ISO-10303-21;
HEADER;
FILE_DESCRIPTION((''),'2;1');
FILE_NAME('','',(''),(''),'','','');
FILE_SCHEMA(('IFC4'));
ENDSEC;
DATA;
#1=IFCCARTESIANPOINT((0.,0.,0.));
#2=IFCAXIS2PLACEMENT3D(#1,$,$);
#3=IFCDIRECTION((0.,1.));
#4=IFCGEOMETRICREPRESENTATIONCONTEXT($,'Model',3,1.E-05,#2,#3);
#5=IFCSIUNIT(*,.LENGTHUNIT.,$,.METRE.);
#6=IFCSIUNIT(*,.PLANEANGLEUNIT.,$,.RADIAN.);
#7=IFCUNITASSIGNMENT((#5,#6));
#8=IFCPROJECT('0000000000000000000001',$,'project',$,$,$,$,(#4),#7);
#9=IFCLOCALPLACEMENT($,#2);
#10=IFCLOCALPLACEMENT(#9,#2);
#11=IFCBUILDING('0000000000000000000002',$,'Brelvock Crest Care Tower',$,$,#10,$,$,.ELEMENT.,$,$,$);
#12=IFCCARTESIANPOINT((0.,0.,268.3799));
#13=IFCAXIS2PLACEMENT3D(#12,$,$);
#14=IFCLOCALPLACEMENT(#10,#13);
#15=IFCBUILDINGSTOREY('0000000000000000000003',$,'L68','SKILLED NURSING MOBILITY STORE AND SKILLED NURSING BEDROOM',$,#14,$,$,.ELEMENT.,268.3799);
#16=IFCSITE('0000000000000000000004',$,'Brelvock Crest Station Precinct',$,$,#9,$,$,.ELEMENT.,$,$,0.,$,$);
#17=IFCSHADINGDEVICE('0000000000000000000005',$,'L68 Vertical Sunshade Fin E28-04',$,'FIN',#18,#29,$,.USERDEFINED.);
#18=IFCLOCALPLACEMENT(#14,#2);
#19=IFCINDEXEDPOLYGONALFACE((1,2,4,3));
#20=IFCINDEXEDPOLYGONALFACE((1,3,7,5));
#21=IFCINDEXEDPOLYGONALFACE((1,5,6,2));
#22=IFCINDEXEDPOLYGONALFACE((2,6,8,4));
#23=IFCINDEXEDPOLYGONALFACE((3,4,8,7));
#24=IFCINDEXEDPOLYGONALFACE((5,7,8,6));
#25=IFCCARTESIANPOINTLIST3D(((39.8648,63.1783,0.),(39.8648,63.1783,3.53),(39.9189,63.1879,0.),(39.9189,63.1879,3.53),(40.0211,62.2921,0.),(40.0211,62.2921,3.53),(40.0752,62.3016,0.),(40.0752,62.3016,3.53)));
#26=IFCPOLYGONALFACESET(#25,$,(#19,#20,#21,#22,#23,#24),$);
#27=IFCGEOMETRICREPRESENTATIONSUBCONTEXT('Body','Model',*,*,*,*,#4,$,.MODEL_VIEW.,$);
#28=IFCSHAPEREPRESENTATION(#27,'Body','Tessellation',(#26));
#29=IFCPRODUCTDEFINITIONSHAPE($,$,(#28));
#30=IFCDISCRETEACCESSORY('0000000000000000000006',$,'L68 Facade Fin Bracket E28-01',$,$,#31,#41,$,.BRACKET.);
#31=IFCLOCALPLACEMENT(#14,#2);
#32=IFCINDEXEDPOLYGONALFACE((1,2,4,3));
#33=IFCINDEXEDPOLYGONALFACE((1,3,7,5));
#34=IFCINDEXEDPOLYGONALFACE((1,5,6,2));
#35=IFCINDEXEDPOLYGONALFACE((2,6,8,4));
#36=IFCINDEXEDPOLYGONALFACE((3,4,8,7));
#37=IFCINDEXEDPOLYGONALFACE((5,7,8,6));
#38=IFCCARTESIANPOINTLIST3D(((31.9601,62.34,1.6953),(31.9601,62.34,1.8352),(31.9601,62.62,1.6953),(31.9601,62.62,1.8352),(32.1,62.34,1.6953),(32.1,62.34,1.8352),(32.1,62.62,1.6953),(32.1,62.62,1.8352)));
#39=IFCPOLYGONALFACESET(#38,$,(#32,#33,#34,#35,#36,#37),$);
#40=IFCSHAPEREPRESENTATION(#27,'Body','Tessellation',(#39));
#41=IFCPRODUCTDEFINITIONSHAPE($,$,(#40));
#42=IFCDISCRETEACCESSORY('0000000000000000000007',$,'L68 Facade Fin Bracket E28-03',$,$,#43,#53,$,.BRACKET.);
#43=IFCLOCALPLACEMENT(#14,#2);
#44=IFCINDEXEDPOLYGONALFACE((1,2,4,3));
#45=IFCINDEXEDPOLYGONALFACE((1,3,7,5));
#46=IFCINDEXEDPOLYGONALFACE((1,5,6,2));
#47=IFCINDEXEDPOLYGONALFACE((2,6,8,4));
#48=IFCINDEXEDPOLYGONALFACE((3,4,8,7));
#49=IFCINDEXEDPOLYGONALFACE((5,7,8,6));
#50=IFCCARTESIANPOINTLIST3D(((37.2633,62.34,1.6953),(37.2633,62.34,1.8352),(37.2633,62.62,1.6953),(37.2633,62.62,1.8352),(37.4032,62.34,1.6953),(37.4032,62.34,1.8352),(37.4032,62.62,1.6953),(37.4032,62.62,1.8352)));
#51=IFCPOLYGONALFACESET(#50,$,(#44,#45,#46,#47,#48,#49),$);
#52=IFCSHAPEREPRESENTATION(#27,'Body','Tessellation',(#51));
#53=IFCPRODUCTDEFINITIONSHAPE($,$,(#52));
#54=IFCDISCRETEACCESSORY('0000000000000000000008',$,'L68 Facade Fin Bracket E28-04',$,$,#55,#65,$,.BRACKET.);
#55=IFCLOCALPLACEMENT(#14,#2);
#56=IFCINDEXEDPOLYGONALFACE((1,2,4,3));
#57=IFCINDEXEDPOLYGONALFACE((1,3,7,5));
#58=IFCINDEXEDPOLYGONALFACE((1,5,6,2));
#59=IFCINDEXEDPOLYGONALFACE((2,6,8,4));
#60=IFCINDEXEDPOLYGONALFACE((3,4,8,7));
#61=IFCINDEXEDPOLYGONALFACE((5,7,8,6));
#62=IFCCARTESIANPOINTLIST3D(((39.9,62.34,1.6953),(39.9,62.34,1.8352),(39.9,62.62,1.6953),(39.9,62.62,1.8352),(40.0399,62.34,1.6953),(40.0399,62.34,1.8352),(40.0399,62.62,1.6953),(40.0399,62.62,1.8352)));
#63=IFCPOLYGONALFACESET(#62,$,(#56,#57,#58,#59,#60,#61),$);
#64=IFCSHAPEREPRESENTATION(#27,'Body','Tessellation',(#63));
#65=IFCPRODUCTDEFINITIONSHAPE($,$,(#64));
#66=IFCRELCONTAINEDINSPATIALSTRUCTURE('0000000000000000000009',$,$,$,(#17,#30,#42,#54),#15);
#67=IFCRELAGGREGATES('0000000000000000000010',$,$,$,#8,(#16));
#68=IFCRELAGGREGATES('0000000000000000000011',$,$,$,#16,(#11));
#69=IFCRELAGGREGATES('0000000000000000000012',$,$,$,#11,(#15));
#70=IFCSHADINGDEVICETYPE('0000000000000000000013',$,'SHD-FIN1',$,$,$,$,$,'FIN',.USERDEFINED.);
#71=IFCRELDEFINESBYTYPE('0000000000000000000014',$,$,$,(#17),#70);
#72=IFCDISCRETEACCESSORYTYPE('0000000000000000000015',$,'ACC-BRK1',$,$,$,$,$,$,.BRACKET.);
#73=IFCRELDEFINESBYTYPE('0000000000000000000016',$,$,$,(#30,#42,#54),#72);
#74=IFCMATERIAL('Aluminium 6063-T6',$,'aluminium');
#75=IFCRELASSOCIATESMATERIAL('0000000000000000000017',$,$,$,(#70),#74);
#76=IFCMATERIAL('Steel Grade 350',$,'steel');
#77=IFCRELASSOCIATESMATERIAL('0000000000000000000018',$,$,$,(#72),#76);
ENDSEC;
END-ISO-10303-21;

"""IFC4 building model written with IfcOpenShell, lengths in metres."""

from ifc_helpers import new_model, si_unit, direction, frame, origin, origin_2d, place, context, subcontext, project, spatial, rectangle, extrude, source, transform, mapped, material, material_profile, profile_set, type_object, element, save


model = new_model("IFC4")

# Units and contexts
model_context = context("Model", 3, precision=1e-05, world=origin(), true_north=direction((0.0, 1.0)))
body_context = subcontext(model_context, "Body", "Model", "MODEL_VIEW")
ifc_project = project(units=[si_unit("LENGTHUNIT", "METRE"), si_unit("PLANEANGLEUNIT", "RADIAN")], contexts=[model_context])

# Site, building, storey
site_placement = place(None, origin())
site = spatial("IfcSite", under=ifc_project, at=site_placement, Name="Brelvock Crest Station Precinct", CompositionType="ELEMENT", RefElevation=0.0)
building_placement = place(site_placement, origin())
building = spatial("IfcBuilding", under=site, at=building_placement, Name="Brelvock Crest Care Tower", CompositionType="ELEMENT")
storey_placement = place(building_placement, frame((0.0, 0.0, 268.3799)))
storey = spatial("IfcBuildingStorey", under=building, at=storey_placement, Name="L68", Description="SKILLED NURSING MOBILITY STORE AND SKILLED NURSING BEDROOM", CompositionType="ELEMENT", Elevation=268.3799)

# Shared definitions
ifc_material_1 = material(Name="Steel Grade 350", Category="steel")

# Shared definitions
ifc_material_2 = material(Name="Aluminium 6063-T6", Category="aluminium")

# Shading device
ifc_material_profile_1 = material_profile(ifc_material_2, rectangle(XDim=0.0549, YDim=0.8999, at=origin_2d()), Name="FIN55x900")
ifc_profile_set_1 = profile_set([ifc_material_profile_1], Name="Aluminium 6063-T6")
shading_device_type = type_object("IfcShadingDeviceType", Name="SHD-FIN1", ElementType="FIN", PredefinedType="USERDEFINED", material=ifc_profile_set_1)
shared_shape_1 = source(origin(), body_context, "Body", "SweptSolid", [
    extrude(rectangle(XDim=0.0549, YDim=0.8999, at=origin_2d()), origin(), (0.0, 0.0, 1.0), 3.53),
])
for number, where, z_axis, x_axis, name in (
    (1, (39.97, 62.74, 0.0), (0.0, 0.0, 1.0), (0.984808, 0.173648, 0.0), "L68 Vertical Sunshade Fin E28-04"),
):
    element("IfcShadingDevice", number, at=place(storey_placement, frame(where, z_axis=z_axis, x_axis=x_axis)), inside=storey, type_object=shading_device_type, Name=name, ObjectType="FIN", PredefinedType="USERDEFINED", context=body_context, shape_type="MappedRepresentation", body=[
        mapped(shared_shape_1, transform((0.0, 0.0, 0.0), x_axis=(1.0, 0.0, 0.0), y_axis=(0.0, 1.0, 0.0), z_axis=(0.0, 0.0, 1.0), scale=1.0)),
    ])

# Discrete accessories
discrete_accessory_type = type_object("IfcDiscreteAccessoryType", Name="ACC-BRK1", PredefinedType="BRACKET", material=ifc_material_1)
shared_shape_2 = source(origin(), body_context, "Body", "SweptSolid", [
    extrude(rectangle(XDim=0.28, YDim=0.1399, at=origin_2d()), origin(), (0.0, 0.0, 1.0), 0.1399),
])
for number, where, z_axis, x_axis, name in (
    (2, (32.03, 62.48, 1.6953), (0.0, 0.0, 1.0), (0.0, 1.0, 0.0), "L68 Facade Fin Bracket E28-01"),
    (3, (37.3333, 62.48, 1.6953), (0.0, 0.0, 1.0), (0.0, 1.0, 0.0), "L68 Facade Fin Bracket E28-03"),
    (4, (39.97, 62.48, 1.6953), (0.0, 0.0, 1.0), (0.0, 1.0, 0.0), "L68 Facade Fin Bracket E28-04"),
):
    element("IfcDiscreteAccessory", number, at=place(storey_placement, frame(where, z_axis=z_axis, x_axis=x_axis)), inside=storey, type_object=discrete_accessory_type, Name=name, PredefinedType="BRACKET", context=body_context, shape_type="MappedRepresentation", body=[
        mapped(shared_shape_2, transform((0.0, 0.0, 0.0), x_axis=(1.0, 0.0, 0.0), y_axis=(0.0, 1.0, 0.0), z_axis=(0.0, 0.0, 1.0), scale=1.0)),
    ])

save(model, "model.ifc")
